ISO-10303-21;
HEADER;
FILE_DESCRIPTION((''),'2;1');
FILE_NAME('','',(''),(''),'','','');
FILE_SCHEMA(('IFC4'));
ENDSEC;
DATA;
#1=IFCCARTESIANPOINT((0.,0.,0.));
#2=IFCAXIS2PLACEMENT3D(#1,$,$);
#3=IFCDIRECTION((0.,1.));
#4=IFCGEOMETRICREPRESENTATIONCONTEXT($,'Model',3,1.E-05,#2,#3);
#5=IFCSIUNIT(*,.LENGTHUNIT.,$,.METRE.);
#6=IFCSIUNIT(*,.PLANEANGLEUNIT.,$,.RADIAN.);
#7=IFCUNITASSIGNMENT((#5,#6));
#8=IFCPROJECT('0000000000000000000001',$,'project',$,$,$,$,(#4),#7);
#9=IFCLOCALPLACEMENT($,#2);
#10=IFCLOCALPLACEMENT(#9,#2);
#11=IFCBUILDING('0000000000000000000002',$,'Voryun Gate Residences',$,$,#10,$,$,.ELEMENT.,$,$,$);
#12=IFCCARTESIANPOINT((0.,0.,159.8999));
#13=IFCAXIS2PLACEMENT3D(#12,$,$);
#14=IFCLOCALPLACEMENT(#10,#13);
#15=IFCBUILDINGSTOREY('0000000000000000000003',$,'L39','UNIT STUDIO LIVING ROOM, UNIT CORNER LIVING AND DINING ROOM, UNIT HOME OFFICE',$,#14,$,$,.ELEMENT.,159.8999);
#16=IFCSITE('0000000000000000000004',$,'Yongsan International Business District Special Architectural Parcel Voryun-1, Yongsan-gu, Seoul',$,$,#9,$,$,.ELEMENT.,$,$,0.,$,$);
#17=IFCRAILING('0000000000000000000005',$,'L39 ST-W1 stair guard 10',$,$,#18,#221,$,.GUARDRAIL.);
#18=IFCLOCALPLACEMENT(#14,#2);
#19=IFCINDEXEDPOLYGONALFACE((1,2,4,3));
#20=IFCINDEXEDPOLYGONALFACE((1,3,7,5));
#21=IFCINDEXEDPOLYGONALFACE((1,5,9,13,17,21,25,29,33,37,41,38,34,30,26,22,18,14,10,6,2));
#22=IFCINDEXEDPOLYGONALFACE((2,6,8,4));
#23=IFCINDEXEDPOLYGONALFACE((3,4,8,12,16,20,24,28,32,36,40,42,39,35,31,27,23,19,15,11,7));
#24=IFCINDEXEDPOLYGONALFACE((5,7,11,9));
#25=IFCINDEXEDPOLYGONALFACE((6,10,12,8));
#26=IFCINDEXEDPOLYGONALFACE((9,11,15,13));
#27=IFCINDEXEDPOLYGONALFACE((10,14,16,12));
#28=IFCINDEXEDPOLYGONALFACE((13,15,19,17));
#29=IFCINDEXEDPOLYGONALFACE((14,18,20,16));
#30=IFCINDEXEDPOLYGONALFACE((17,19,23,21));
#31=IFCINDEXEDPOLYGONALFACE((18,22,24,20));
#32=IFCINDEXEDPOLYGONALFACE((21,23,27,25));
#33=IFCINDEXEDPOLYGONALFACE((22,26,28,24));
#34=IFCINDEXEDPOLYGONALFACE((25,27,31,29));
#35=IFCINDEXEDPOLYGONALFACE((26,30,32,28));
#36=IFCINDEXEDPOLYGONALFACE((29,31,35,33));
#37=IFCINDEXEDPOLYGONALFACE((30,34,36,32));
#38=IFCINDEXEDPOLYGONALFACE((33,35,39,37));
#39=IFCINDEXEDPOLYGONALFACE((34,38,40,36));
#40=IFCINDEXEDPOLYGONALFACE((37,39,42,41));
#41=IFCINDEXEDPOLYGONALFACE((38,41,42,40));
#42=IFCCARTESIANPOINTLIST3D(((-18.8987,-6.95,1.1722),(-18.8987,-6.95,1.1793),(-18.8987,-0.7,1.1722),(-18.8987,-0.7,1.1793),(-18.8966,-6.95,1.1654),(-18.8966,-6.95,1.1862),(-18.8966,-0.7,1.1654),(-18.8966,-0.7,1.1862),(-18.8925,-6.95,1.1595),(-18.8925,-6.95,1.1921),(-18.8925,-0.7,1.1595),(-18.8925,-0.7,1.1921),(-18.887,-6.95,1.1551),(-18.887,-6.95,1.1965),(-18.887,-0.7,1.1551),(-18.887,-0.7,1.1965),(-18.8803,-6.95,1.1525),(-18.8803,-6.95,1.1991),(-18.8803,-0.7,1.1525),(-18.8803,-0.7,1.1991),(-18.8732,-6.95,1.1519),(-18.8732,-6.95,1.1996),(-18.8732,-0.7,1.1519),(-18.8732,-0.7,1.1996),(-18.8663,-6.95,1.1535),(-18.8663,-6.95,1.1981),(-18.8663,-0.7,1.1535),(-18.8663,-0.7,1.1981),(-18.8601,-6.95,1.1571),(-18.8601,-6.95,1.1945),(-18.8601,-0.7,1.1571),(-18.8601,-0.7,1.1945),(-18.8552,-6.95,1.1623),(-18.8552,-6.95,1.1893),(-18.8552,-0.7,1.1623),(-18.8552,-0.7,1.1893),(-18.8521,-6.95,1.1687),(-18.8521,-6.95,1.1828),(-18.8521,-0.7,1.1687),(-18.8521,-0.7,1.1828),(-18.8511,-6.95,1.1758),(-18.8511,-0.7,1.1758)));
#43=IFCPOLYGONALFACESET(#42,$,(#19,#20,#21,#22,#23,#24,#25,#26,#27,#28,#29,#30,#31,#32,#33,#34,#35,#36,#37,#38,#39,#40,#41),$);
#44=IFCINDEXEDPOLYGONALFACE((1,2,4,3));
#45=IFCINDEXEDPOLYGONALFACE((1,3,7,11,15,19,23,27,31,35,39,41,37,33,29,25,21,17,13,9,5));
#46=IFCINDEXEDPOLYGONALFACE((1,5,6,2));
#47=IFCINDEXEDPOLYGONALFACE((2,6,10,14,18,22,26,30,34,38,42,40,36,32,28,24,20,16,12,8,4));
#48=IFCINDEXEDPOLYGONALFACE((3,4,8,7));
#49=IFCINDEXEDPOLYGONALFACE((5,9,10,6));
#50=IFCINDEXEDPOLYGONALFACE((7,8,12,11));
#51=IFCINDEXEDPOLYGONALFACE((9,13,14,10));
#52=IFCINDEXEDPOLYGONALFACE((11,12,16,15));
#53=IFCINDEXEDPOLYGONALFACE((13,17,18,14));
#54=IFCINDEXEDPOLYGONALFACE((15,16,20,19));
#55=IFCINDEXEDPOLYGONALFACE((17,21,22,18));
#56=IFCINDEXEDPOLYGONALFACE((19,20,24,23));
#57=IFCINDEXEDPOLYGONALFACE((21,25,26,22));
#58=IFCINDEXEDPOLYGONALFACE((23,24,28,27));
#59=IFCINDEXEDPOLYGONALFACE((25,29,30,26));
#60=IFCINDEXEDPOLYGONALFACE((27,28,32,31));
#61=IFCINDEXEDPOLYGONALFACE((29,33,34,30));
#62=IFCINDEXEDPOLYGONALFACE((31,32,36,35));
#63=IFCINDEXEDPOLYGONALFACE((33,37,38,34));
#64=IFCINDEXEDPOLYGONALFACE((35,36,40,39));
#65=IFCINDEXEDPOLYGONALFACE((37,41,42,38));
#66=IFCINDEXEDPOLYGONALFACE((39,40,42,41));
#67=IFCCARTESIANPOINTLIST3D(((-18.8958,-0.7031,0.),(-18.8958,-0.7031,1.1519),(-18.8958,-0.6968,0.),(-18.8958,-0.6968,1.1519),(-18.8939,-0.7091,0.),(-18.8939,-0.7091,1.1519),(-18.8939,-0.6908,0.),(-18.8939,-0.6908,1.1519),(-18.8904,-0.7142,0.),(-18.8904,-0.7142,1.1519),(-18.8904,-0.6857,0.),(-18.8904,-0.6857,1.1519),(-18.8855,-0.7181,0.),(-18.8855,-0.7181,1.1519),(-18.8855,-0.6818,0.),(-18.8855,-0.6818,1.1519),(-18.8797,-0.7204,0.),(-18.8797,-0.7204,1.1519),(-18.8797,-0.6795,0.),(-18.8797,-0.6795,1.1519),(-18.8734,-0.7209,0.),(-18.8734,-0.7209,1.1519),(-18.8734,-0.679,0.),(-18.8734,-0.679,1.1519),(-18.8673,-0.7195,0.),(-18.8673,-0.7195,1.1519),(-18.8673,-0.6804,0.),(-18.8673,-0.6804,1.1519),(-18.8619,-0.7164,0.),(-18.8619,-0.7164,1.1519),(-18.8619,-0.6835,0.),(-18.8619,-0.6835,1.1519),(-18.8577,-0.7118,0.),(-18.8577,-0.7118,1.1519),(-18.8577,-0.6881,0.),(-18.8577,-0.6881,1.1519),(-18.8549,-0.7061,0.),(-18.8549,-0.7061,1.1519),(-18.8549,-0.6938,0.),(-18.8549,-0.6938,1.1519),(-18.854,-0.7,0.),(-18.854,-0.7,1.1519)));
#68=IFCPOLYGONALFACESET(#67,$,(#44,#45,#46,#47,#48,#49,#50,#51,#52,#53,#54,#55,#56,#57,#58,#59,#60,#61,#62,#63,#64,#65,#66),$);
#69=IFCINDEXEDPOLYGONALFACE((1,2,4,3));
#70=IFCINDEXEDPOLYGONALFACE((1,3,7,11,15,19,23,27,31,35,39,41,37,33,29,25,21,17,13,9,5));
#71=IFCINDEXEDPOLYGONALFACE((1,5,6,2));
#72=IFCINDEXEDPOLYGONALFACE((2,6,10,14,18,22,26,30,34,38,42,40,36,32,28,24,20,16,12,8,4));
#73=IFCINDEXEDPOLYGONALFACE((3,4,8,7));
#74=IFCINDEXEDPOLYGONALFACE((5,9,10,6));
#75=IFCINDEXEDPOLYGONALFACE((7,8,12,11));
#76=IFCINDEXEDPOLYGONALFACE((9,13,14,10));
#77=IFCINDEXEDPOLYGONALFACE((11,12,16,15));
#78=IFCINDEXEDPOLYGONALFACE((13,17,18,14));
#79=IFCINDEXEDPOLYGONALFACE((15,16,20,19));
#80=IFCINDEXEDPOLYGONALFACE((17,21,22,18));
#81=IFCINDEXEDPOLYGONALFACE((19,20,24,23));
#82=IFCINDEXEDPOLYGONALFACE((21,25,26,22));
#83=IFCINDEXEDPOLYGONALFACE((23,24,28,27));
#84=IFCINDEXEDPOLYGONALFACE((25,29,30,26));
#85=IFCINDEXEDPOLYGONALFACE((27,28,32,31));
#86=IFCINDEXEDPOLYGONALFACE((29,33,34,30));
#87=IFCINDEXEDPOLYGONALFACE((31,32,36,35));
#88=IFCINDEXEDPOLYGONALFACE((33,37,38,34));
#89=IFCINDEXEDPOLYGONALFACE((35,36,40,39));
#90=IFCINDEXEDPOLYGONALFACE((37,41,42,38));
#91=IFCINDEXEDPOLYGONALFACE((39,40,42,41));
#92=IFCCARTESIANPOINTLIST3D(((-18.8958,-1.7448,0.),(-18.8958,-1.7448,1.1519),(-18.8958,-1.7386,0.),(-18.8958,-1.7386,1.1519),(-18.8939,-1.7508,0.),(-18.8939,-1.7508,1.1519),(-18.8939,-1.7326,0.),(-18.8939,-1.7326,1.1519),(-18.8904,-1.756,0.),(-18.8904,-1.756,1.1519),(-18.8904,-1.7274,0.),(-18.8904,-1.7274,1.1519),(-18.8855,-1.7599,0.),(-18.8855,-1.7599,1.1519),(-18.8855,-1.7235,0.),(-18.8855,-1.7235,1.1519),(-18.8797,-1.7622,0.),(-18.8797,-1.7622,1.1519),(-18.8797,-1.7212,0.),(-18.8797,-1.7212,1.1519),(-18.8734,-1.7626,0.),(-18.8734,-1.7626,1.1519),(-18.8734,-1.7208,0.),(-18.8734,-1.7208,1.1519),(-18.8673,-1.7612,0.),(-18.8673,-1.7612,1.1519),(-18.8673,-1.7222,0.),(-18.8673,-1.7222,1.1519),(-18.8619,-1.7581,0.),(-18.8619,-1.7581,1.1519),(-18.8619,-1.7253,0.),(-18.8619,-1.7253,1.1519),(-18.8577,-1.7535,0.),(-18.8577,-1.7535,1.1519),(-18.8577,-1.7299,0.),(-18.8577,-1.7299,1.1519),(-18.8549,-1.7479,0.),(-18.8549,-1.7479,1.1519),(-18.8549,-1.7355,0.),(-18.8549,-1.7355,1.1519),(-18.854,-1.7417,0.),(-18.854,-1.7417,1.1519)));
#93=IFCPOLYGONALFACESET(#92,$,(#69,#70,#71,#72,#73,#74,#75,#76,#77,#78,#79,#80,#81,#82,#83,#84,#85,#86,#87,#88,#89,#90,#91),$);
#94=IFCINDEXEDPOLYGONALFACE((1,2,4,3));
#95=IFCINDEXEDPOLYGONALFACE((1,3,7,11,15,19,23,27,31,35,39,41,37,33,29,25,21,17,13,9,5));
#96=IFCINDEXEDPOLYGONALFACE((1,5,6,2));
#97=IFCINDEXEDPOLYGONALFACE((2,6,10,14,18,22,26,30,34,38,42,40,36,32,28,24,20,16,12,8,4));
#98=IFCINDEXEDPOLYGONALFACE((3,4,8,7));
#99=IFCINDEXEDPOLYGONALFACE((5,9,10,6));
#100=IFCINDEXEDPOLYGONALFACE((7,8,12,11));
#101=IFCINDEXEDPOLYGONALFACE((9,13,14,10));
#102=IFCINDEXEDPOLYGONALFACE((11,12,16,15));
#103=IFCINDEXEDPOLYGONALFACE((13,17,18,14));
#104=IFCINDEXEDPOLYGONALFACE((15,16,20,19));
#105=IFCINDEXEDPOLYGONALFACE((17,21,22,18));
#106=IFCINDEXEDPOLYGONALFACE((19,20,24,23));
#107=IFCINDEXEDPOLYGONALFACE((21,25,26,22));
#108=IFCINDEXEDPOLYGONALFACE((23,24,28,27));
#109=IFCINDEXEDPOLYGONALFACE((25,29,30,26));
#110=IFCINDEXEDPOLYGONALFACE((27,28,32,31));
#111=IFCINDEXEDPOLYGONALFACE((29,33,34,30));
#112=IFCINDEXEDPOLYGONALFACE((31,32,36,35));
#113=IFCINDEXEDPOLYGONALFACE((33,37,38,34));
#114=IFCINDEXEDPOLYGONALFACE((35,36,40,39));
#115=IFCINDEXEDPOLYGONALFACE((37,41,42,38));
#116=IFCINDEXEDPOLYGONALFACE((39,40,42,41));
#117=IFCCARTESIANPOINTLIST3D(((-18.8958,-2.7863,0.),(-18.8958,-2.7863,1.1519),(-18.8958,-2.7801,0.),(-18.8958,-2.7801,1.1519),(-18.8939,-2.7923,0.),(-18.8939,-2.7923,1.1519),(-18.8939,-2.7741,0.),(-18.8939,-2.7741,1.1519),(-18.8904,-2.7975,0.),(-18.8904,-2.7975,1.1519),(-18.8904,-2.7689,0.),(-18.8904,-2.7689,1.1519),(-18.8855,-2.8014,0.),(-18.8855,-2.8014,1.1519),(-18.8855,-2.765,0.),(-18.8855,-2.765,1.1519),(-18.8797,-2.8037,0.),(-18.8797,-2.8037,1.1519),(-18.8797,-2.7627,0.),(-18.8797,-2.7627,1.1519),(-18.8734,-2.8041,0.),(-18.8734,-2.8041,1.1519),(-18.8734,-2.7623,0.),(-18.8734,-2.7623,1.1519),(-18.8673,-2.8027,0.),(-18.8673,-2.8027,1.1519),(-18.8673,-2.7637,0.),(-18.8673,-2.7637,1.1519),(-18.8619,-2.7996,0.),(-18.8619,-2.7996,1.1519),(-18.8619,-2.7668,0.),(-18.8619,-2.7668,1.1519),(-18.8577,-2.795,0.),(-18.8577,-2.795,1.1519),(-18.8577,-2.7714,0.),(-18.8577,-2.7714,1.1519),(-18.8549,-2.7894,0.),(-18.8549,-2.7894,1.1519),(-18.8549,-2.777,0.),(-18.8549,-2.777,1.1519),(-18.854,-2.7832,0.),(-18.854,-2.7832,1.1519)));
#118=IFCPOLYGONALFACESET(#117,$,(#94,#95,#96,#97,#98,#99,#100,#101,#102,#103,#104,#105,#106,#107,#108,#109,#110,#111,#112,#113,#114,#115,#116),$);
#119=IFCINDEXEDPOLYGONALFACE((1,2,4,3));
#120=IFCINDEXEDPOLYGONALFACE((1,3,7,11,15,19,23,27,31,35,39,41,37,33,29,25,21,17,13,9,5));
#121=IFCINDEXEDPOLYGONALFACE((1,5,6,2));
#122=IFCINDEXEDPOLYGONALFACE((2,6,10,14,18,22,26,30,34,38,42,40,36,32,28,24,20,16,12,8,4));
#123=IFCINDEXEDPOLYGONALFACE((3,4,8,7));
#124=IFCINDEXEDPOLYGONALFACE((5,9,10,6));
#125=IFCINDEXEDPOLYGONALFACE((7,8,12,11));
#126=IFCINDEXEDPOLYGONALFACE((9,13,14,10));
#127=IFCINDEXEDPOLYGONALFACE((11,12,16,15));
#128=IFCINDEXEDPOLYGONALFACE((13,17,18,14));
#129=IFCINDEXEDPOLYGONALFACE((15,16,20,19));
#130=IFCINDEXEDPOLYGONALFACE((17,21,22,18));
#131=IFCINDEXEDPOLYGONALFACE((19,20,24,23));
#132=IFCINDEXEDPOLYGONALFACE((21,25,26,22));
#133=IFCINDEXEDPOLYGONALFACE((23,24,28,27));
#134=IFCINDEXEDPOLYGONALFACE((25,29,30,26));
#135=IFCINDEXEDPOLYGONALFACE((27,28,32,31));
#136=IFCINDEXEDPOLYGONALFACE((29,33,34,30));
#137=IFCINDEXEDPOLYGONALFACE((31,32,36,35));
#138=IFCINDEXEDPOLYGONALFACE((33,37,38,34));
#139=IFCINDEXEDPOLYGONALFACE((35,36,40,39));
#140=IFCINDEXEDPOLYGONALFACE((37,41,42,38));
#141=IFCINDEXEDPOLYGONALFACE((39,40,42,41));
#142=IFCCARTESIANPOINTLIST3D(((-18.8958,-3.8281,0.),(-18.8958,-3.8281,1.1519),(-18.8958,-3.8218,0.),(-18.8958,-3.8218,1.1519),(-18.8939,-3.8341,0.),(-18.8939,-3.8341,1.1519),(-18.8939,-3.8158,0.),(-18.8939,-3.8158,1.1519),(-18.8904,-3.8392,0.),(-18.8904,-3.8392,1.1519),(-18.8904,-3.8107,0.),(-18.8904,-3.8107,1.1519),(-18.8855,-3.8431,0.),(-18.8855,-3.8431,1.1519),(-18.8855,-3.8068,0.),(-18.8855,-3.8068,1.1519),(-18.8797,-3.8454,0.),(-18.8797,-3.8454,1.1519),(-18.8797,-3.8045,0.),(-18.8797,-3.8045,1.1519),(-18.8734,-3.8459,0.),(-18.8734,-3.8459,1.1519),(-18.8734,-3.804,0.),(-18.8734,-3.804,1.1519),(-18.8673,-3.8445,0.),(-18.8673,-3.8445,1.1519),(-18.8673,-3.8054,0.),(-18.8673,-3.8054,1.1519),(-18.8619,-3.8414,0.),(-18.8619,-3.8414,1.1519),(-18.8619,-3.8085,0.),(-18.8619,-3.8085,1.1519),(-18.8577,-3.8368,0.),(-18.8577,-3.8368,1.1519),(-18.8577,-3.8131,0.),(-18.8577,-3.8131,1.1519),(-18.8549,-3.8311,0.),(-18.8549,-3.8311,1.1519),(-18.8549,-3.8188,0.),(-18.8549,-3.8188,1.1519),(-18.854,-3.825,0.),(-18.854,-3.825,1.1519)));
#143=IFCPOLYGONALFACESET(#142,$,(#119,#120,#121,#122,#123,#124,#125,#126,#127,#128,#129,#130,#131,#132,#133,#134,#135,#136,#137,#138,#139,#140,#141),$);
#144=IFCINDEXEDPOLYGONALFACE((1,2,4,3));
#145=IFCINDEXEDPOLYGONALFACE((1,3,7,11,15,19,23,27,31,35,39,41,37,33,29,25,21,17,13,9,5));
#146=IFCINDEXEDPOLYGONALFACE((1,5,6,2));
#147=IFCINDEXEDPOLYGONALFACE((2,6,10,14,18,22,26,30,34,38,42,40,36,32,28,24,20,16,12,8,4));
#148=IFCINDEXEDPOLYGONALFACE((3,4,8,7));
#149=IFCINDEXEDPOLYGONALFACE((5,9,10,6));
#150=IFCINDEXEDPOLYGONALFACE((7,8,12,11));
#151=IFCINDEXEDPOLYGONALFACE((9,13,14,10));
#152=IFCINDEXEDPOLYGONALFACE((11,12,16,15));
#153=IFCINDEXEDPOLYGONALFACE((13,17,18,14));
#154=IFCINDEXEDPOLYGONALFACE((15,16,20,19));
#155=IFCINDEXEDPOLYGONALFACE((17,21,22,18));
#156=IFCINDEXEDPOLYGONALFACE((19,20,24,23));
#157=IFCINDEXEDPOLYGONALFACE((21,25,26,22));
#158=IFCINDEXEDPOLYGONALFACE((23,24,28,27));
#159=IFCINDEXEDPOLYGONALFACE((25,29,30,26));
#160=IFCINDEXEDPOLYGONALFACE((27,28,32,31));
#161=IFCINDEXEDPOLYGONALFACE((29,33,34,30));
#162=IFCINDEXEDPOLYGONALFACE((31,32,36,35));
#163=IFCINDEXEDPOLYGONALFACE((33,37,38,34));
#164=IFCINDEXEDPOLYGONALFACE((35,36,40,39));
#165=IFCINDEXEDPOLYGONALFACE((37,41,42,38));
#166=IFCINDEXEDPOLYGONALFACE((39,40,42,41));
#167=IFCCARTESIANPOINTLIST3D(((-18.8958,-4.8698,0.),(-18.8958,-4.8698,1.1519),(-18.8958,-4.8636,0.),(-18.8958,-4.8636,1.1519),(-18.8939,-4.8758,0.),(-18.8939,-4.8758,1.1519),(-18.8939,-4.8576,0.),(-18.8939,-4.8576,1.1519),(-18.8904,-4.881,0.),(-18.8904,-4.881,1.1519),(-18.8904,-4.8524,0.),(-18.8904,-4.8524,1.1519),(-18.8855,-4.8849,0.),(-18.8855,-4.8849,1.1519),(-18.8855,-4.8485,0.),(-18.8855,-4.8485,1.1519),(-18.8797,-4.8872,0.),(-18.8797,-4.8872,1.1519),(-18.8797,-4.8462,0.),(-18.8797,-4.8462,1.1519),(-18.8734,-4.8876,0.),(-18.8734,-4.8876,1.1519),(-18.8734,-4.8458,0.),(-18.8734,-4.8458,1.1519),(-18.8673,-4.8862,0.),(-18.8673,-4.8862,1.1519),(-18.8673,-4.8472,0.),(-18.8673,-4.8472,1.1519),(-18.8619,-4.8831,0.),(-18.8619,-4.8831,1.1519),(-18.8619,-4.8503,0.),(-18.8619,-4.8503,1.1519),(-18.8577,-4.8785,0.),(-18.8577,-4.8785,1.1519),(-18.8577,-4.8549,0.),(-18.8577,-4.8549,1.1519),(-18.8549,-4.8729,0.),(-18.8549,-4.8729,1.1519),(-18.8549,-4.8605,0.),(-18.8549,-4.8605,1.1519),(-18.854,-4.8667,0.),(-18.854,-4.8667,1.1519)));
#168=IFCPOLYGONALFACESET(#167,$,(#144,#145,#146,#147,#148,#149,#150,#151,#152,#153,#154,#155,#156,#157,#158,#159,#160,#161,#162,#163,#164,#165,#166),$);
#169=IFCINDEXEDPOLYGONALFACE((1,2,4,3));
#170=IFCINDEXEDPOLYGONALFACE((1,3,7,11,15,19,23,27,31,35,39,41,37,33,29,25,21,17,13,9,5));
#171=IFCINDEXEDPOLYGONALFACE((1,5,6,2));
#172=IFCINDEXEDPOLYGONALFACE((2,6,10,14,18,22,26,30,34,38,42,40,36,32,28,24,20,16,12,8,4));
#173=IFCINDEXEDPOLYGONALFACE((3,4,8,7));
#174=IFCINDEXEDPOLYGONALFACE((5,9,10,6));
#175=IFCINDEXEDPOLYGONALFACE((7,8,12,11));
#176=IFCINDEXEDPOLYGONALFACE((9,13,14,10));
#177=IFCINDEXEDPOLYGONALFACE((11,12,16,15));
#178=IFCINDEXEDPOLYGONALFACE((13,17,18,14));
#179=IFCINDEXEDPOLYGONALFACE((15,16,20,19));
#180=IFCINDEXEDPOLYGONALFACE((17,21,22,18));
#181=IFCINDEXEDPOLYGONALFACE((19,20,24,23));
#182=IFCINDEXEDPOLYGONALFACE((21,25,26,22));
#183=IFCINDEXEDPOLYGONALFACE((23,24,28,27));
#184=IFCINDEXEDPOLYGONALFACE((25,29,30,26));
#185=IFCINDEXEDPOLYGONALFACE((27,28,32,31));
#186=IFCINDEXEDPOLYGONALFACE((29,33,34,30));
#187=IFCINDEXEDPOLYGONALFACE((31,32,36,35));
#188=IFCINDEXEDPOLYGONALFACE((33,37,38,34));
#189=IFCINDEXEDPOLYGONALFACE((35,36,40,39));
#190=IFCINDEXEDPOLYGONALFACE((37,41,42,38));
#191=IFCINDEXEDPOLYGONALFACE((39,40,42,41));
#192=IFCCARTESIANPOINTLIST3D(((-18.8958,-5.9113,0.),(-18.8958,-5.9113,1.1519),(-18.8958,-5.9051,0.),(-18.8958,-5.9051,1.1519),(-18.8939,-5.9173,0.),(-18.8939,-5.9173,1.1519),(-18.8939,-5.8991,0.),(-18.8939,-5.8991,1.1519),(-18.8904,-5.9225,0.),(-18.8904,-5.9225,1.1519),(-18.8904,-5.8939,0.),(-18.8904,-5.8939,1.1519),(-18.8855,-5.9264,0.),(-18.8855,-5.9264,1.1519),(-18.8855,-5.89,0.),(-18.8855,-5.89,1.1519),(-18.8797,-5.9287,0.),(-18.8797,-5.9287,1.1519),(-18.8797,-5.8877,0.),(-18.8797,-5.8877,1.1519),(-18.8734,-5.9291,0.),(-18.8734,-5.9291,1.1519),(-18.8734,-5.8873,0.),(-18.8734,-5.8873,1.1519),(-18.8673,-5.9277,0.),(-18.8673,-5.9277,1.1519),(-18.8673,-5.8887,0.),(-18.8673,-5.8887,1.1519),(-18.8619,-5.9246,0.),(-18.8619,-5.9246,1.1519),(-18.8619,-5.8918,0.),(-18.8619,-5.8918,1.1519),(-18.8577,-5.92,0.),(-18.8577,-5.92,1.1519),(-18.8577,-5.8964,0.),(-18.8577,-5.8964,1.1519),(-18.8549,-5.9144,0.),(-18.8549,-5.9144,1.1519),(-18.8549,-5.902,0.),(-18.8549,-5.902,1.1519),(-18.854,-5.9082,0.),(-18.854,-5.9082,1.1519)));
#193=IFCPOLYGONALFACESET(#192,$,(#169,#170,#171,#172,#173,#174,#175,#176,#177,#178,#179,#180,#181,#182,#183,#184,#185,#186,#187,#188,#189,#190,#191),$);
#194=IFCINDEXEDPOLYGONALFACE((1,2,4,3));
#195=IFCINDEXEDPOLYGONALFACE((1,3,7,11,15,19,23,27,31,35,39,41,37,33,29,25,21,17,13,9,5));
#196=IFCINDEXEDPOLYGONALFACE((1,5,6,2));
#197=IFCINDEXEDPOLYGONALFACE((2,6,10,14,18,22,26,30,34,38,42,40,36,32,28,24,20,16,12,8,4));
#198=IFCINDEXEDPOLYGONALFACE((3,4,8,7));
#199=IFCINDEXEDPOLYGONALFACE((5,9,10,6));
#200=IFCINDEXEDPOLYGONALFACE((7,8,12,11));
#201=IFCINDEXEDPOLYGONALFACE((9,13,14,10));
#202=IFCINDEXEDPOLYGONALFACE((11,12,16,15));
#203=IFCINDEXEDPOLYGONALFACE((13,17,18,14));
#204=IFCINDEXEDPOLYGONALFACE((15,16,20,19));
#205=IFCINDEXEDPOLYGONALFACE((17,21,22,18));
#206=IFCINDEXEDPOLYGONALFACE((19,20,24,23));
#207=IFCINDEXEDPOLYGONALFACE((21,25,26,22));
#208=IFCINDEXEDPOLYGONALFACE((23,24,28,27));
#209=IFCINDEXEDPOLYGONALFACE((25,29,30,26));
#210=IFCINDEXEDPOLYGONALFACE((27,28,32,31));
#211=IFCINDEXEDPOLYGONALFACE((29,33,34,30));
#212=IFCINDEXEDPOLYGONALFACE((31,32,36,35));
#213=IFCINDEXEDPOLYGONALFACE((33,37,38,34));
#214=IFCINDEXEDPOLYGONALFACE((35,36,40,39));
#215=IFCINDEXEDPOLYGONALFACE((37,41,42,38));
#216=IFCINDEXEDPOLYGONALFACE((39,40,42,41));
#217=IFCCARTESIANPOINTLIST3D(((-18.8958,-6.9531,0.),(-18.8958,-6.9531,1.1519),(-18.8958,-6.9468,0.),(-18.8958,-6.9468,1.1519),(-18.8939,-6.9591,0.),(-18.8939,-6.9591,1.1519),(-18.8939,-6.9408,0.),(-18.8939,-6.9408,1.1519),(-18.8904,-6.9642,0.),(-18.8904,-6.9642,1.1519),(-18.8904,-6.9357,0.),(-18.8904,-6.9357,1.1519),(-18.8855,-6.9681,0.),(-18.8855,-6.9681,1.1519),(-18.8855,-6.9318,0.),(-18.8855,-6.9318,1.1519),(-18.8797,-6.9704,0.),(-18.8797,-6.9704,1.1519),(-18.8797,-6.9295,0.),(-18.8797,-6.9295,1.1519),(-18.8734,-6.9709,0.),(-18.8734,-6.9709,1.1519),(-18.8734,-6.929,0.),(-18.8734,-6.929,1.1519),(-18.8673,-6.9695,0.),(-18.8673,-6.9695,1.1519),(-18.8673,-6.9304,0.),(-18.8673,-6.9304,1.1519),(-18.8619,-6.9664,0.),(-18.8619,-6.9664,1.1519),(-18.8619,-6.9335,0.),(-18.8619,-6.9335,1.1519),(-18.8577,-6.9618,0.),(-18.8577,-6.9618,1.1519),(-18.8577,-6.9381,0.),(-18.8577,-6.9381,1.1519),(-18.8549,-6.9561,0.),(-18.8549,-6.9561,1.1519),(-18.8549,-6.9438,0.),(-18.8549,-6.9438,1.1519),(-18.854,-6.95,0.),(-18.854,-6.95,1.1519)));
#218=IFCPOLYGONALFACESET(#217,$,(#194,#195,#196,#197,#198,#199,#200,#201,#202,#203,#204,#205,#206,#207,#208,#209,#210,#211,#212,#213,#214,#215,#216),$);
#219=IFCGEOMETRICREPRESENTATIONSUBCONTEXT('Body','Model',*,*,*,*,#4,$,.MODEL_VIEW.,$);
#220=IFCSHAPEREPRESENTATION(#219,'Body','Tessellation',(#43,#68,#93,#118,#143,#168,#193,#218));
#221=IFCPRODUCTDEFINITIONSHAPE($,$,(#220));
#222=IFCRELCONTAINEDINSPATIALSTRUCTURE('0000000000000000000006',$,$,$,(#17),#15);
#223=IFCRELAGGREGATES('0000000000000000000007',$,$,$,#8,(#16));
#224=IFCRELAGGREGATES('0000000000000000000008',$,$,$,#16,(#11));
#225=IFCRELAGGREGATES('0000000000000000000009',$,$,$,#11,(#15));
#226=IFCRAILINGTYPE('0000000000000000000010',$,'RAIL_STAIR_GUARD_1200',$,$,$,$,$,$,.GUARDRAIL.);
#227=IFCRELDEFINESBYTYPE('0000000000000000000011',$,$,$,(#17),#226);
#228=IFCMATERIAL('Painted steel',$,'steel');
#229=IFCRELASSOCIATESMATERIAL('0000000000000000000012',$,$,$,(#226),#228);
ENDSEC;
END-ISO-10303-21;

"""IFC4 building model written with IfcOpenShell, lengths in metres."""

from ifc_helpers import new_model, si_unit, direction, frame, origin, origin_2d, place, context, subcontext, project, spatial, circle, extrude, material, type_object, element, save


model = new_model("IFC4")

# Units and contexts
model_context = context("Model", 3, precision=1e-05, world=origin(), true_north=direction((0.0, 1.0)))
body_context = subcontext(model_context, "Body", "Model", "MODEL_VIEW")
ifc_project = project(units=[si_unit("LENGTHUNIT", "METRE"), si_unit("PLANEANGLEUNIT", "RADIAN")], contexts=[model_context])

# Site, building, storey
site_placement = place(None, origin())
site = spatial("IfcSite", under=ifc_project, at=site_placement, Name="Yongsan International Business District Special Architectural Parcel Voryun-1, Yongsan-gu, Seoul", CompositionType="ELEMENT", RefElevation=0.0)
building_placement = place(site_placement, origin())
building = spatial("IfcBuilding", under=site, at=building_placement, Name="Voryun Gate Residences", CompositionType="ELEMENT")
storey_placement = place(building_placement, frame((0.0, 0.0, 159.8999)))
storey = spatial("IfcBuildingStorey", under=building, at=storey_placement, Name="L39", Description="UNIT STUDIO LIVING ROOM, UNIT CORNER LIVING AND DINING ROOM, UNIT HOME OFFICE", CompositionType="ELEMENT", Elevation=159.8999)

# Railing
ifc_material_1 = material(Name="Painted steel", Category="steel")
railing_type_1 = type_object("IfcRailingType", Name="RAIL_STAIR_GUARD_1200", PredefinedType="GUARDRAIL", material=ifc_material_1)
railing_1_placement = place(storey_placement, frame((-18.875, -0.7, 0.0)))
element("IfcRailing", 1, at=railing_1_placement, inside=storey, type_object=railing_type_1, Name="L39 ST-W1 stair guard 10", PredefinedType="GUARDRAIL", context=body_context, shape_type="SweptSolid", body=[
    extrude(circle(Radius=0.0239, at=origin_2d()), frame((0.0, 0.0, 1.1758), z_axis=(0.0, -1.0, 0.0), x_axis=(1.0, 0.0, 0.0)), (0.0, 0.0, 1.0), 6.25),
    extrude(circle(Radius=0.021, at=origin_2d()), origin(), (0.0, 0.0, 1.0), 1.1519),
    extrude(circle(Radius=0.021, at=origin_2d()), frame((0.0, -1.0417, 0.0)), (0.0, 0.0, 1.0), 1.1519),
    extrude(circle(Radius=0.021, at=origin_2d()), frame((0.0, -2.0833, 0.0)), (0.0, 0.0, 1.0), 1.1519),
    extrude(circle(Radius=0.021, at=origin_2d()), frame((0.0, -3.125, 0.0)), (0.0, 0.0, 1.0), 1.1519),
    extrude(circle(Radius=0.021, at=origin_2d()), frame((0.0, -4.1667, 0.0)), (0.0, 0.0, 1.0), 1.1519),
    extrude(circle(Radius=0.021, at=origin_2d()), frame((0.0, -5.2083, 0.0)), (0.0, 0.0, 1.0), 1.1519),
    extrude(circle(Radius=0.021, at=origin_2d()), frame((0.0, -6.25, 0.0)), (0.0, 0.0, 1.0), 1.1519),
])

save(model, "model.ifc")
